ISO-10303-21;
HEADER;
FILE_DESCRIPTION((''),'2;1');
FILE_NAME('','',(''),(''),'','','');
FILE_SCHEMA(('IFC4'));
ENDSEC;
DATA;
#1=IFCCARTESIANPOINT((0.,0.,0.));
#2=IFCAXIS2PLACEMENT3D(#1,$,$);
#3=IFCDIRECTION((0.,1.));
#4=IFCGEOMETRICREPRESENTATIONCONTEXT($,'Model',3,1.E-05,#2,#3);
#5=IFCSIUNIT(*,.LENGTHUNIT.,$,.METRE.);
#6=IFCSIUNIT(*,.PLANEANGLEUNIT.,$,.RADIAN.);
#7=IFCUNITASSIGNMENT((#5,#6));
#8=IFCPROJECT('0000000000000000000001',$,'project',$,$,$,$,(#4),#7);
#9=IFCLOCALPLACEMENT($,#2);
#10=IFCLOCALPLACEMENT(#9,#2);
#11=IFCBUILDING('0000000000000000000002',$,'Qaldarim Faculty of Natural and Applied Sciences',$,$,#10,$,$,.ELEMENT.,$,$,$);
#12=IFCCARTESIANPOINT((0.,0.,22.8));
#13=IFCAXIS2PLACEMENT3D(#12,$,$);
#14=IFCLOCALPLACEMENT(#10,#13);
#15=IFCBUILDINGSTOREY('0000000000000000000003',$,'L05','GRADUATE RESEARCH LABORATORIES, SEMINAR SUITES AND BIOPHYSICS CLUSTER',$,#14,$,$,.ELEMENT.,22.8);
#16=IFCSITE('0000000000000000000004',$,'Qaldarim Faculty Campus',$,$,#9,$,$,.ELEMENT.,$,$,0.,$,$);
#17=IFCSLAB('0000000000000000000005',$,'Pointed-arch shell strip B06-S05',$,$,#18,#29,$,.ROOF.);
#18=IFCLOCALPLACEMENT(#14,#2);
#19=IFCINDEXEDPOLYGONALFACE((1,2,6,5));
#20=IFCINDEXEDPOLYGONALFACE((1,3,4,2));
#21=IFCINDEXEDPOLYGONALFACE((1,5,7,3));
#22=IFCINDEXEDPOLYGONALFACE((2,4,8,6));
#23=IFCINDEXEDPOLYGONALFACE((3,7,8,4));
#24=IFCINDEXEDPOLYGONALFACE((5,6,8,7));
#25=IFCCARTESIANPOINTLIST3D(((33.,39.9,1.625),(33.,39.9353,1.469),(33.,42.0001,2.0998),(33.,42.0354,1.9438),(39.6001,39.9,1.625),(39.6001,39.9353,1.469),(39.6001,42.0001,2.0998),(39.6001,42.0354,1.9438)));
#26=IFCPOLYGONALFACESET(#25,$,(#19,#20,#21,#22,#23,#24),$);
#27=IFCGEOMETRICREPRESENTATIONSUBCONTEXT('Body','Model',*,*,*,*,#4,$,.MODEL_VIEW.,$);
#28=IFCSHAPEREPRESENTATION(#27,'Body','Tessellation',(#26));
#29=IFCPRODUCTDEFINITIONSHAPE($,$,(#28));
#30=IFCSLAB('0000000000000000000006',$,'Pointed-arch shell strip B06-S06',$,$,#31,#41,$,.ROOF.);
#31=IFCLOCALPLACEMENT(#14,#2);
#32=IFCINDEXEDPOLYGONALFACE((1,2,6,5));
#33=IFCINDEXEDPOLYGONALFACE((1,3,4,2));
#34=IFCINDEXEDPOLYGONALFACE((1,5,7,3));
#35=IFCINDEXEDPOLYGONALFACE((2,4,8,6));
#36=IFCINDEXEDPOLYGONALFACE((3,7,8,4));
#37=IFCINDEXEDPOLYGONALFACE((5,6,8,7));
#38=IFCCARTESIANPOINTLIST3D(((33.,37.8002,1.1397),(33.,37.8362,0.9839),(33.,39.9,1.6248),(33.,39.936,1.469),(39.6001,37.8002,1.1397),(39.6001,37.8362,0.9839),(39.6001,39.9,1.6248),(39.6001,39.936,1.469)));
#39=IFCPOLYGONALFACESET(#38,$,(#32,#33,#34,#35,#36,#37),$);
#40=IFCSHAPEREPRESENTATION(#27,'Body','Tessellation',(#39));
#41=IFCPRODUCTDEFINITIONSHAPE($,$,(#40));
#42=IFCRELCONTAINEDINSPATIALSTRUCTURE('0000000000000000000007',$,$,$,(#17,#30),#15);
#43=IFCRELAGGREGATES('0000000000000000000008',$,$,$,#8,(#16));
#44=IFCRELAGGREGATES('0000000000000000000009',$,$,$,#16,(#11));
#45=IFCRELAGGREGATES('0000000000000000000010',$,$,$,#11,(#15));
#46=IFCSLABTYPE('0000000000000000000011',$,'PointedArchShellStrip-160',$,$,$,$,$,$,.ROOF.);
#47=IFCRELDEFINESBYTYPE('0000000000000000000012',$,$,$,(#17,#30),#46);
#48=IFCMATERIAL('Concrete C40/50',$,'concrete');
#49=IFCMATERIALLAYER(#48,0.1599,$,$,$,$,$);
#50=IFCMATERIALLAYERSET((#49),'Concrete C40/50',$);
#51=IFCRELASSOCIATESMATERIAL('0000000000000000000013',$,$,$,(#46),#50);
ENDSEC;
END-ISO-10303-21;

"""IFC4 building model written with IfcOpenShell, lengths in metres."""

from ifc_helpers import new_model, si_unit, direction, frame, origin, place, context, subcontext, project, spatial, polyline, outline, extrude, material, layer, layer_set, type_object, element, save


model = new_model("IFC4")

# Units and contexts
model_context = context("Model", 3, precision=1e-05, world=origin(), true_north=direction((0.0, 1.0)))
body_context = subcontext(model_context, "Body", "Model", "MODEL_VIEW")
ifc_project = project(units=[si_unit("LENGTHUNIT", "METRE"), si_unit("PLANEANGLEUNIT", "RADIAN")], contexts=[model_context])

# Site, building, storey
site_placement = place(None, origin())
site = spatial("IfcSite", under=ifc_project, at=site_placement, Name="Qaldarim Faculty Campus", CompositionType="ELEMENT", RefElevation=0.0)
building_placement = place(site_placement, origin())
building = spatial("IfcBuilding", under=site, at=building_placement, Name="Qaldarim Faculty of Natural and Applied Sciences", CompositionType="ELEMENT")
storey_placement = place(building_placement, frame((0.0, 0.0, 22.8)))
storey = spatial("IfcBuildingStorey", under=building, at=storey_placement, Name="L05", Description="GRADUATE RESEARCH LABORATORIES, SEMINAR SUITES AND BIOPHYSICS CLUSTER", CompositionType="ELEMENT", Elevation=22.8)

# Shared definitions
ifc_material_1 = material(Name="Concrete C40/50", Category="concrete")

# Slabs
ifc_layer_1 = layer(ifc_material_1, 0.1599)
ifc_layer_set_1 = layer_set([ifc_layer_1], Name="Concrete C40/50")
slab_type = type_object("IfcSlabType", Name="PointedArchShellStrip-160", PredefinedType="ROOF", material=ifc_layer_set_1)
slab_1_placement = place(storey_placement, frame((33.0, 39.9353, 1.469), z_axis=(0.0, -0.220543, 0.975377), x_axis=(1.0, 0.0, 0.0)))
element("IfcSlab", 1, at=slab_1_placement, inside=storey, type_object=slab_type, Name="Pointed-arch shell strip B06-S05", PredefinedType="ROOF", context=body_context, shape_type="SweptSolid", body=[
    extrude(outline(polyline([(0.0, 0.0), (6.6001, 0.0), (6.6001, 2.1531), (0.0, 2.1531), (0.0, 0.0)])), origin(), (0.0, 0.0, 1.0), 0.1599),
])
slab_2_placement = place(storey_placement, frame((33.0, 37.8362, 0.9839), z_axis=(0.0, -0.225091, 0.974338), x_axis=(1.0, 0.0, 0.0)))
element("IfcSlab", 2, at=slab_2_placement, inside=storey, type_object=slab_type, Name="Pointed-arch shell strip B06-S06", PredefinedType="ROOF", context=body_context, shape_type="SweptSolid", body=[
    extrude(outline(polyline([(0.0, 0.0), (6.6001, 0.0), (6.6001, 2.1552), (0.0, 2.1552), (0.0, 0.0)])), origin(), (0.0, 0.0, 1.0), 0.1599),
])

save(model, "model.ifc")
